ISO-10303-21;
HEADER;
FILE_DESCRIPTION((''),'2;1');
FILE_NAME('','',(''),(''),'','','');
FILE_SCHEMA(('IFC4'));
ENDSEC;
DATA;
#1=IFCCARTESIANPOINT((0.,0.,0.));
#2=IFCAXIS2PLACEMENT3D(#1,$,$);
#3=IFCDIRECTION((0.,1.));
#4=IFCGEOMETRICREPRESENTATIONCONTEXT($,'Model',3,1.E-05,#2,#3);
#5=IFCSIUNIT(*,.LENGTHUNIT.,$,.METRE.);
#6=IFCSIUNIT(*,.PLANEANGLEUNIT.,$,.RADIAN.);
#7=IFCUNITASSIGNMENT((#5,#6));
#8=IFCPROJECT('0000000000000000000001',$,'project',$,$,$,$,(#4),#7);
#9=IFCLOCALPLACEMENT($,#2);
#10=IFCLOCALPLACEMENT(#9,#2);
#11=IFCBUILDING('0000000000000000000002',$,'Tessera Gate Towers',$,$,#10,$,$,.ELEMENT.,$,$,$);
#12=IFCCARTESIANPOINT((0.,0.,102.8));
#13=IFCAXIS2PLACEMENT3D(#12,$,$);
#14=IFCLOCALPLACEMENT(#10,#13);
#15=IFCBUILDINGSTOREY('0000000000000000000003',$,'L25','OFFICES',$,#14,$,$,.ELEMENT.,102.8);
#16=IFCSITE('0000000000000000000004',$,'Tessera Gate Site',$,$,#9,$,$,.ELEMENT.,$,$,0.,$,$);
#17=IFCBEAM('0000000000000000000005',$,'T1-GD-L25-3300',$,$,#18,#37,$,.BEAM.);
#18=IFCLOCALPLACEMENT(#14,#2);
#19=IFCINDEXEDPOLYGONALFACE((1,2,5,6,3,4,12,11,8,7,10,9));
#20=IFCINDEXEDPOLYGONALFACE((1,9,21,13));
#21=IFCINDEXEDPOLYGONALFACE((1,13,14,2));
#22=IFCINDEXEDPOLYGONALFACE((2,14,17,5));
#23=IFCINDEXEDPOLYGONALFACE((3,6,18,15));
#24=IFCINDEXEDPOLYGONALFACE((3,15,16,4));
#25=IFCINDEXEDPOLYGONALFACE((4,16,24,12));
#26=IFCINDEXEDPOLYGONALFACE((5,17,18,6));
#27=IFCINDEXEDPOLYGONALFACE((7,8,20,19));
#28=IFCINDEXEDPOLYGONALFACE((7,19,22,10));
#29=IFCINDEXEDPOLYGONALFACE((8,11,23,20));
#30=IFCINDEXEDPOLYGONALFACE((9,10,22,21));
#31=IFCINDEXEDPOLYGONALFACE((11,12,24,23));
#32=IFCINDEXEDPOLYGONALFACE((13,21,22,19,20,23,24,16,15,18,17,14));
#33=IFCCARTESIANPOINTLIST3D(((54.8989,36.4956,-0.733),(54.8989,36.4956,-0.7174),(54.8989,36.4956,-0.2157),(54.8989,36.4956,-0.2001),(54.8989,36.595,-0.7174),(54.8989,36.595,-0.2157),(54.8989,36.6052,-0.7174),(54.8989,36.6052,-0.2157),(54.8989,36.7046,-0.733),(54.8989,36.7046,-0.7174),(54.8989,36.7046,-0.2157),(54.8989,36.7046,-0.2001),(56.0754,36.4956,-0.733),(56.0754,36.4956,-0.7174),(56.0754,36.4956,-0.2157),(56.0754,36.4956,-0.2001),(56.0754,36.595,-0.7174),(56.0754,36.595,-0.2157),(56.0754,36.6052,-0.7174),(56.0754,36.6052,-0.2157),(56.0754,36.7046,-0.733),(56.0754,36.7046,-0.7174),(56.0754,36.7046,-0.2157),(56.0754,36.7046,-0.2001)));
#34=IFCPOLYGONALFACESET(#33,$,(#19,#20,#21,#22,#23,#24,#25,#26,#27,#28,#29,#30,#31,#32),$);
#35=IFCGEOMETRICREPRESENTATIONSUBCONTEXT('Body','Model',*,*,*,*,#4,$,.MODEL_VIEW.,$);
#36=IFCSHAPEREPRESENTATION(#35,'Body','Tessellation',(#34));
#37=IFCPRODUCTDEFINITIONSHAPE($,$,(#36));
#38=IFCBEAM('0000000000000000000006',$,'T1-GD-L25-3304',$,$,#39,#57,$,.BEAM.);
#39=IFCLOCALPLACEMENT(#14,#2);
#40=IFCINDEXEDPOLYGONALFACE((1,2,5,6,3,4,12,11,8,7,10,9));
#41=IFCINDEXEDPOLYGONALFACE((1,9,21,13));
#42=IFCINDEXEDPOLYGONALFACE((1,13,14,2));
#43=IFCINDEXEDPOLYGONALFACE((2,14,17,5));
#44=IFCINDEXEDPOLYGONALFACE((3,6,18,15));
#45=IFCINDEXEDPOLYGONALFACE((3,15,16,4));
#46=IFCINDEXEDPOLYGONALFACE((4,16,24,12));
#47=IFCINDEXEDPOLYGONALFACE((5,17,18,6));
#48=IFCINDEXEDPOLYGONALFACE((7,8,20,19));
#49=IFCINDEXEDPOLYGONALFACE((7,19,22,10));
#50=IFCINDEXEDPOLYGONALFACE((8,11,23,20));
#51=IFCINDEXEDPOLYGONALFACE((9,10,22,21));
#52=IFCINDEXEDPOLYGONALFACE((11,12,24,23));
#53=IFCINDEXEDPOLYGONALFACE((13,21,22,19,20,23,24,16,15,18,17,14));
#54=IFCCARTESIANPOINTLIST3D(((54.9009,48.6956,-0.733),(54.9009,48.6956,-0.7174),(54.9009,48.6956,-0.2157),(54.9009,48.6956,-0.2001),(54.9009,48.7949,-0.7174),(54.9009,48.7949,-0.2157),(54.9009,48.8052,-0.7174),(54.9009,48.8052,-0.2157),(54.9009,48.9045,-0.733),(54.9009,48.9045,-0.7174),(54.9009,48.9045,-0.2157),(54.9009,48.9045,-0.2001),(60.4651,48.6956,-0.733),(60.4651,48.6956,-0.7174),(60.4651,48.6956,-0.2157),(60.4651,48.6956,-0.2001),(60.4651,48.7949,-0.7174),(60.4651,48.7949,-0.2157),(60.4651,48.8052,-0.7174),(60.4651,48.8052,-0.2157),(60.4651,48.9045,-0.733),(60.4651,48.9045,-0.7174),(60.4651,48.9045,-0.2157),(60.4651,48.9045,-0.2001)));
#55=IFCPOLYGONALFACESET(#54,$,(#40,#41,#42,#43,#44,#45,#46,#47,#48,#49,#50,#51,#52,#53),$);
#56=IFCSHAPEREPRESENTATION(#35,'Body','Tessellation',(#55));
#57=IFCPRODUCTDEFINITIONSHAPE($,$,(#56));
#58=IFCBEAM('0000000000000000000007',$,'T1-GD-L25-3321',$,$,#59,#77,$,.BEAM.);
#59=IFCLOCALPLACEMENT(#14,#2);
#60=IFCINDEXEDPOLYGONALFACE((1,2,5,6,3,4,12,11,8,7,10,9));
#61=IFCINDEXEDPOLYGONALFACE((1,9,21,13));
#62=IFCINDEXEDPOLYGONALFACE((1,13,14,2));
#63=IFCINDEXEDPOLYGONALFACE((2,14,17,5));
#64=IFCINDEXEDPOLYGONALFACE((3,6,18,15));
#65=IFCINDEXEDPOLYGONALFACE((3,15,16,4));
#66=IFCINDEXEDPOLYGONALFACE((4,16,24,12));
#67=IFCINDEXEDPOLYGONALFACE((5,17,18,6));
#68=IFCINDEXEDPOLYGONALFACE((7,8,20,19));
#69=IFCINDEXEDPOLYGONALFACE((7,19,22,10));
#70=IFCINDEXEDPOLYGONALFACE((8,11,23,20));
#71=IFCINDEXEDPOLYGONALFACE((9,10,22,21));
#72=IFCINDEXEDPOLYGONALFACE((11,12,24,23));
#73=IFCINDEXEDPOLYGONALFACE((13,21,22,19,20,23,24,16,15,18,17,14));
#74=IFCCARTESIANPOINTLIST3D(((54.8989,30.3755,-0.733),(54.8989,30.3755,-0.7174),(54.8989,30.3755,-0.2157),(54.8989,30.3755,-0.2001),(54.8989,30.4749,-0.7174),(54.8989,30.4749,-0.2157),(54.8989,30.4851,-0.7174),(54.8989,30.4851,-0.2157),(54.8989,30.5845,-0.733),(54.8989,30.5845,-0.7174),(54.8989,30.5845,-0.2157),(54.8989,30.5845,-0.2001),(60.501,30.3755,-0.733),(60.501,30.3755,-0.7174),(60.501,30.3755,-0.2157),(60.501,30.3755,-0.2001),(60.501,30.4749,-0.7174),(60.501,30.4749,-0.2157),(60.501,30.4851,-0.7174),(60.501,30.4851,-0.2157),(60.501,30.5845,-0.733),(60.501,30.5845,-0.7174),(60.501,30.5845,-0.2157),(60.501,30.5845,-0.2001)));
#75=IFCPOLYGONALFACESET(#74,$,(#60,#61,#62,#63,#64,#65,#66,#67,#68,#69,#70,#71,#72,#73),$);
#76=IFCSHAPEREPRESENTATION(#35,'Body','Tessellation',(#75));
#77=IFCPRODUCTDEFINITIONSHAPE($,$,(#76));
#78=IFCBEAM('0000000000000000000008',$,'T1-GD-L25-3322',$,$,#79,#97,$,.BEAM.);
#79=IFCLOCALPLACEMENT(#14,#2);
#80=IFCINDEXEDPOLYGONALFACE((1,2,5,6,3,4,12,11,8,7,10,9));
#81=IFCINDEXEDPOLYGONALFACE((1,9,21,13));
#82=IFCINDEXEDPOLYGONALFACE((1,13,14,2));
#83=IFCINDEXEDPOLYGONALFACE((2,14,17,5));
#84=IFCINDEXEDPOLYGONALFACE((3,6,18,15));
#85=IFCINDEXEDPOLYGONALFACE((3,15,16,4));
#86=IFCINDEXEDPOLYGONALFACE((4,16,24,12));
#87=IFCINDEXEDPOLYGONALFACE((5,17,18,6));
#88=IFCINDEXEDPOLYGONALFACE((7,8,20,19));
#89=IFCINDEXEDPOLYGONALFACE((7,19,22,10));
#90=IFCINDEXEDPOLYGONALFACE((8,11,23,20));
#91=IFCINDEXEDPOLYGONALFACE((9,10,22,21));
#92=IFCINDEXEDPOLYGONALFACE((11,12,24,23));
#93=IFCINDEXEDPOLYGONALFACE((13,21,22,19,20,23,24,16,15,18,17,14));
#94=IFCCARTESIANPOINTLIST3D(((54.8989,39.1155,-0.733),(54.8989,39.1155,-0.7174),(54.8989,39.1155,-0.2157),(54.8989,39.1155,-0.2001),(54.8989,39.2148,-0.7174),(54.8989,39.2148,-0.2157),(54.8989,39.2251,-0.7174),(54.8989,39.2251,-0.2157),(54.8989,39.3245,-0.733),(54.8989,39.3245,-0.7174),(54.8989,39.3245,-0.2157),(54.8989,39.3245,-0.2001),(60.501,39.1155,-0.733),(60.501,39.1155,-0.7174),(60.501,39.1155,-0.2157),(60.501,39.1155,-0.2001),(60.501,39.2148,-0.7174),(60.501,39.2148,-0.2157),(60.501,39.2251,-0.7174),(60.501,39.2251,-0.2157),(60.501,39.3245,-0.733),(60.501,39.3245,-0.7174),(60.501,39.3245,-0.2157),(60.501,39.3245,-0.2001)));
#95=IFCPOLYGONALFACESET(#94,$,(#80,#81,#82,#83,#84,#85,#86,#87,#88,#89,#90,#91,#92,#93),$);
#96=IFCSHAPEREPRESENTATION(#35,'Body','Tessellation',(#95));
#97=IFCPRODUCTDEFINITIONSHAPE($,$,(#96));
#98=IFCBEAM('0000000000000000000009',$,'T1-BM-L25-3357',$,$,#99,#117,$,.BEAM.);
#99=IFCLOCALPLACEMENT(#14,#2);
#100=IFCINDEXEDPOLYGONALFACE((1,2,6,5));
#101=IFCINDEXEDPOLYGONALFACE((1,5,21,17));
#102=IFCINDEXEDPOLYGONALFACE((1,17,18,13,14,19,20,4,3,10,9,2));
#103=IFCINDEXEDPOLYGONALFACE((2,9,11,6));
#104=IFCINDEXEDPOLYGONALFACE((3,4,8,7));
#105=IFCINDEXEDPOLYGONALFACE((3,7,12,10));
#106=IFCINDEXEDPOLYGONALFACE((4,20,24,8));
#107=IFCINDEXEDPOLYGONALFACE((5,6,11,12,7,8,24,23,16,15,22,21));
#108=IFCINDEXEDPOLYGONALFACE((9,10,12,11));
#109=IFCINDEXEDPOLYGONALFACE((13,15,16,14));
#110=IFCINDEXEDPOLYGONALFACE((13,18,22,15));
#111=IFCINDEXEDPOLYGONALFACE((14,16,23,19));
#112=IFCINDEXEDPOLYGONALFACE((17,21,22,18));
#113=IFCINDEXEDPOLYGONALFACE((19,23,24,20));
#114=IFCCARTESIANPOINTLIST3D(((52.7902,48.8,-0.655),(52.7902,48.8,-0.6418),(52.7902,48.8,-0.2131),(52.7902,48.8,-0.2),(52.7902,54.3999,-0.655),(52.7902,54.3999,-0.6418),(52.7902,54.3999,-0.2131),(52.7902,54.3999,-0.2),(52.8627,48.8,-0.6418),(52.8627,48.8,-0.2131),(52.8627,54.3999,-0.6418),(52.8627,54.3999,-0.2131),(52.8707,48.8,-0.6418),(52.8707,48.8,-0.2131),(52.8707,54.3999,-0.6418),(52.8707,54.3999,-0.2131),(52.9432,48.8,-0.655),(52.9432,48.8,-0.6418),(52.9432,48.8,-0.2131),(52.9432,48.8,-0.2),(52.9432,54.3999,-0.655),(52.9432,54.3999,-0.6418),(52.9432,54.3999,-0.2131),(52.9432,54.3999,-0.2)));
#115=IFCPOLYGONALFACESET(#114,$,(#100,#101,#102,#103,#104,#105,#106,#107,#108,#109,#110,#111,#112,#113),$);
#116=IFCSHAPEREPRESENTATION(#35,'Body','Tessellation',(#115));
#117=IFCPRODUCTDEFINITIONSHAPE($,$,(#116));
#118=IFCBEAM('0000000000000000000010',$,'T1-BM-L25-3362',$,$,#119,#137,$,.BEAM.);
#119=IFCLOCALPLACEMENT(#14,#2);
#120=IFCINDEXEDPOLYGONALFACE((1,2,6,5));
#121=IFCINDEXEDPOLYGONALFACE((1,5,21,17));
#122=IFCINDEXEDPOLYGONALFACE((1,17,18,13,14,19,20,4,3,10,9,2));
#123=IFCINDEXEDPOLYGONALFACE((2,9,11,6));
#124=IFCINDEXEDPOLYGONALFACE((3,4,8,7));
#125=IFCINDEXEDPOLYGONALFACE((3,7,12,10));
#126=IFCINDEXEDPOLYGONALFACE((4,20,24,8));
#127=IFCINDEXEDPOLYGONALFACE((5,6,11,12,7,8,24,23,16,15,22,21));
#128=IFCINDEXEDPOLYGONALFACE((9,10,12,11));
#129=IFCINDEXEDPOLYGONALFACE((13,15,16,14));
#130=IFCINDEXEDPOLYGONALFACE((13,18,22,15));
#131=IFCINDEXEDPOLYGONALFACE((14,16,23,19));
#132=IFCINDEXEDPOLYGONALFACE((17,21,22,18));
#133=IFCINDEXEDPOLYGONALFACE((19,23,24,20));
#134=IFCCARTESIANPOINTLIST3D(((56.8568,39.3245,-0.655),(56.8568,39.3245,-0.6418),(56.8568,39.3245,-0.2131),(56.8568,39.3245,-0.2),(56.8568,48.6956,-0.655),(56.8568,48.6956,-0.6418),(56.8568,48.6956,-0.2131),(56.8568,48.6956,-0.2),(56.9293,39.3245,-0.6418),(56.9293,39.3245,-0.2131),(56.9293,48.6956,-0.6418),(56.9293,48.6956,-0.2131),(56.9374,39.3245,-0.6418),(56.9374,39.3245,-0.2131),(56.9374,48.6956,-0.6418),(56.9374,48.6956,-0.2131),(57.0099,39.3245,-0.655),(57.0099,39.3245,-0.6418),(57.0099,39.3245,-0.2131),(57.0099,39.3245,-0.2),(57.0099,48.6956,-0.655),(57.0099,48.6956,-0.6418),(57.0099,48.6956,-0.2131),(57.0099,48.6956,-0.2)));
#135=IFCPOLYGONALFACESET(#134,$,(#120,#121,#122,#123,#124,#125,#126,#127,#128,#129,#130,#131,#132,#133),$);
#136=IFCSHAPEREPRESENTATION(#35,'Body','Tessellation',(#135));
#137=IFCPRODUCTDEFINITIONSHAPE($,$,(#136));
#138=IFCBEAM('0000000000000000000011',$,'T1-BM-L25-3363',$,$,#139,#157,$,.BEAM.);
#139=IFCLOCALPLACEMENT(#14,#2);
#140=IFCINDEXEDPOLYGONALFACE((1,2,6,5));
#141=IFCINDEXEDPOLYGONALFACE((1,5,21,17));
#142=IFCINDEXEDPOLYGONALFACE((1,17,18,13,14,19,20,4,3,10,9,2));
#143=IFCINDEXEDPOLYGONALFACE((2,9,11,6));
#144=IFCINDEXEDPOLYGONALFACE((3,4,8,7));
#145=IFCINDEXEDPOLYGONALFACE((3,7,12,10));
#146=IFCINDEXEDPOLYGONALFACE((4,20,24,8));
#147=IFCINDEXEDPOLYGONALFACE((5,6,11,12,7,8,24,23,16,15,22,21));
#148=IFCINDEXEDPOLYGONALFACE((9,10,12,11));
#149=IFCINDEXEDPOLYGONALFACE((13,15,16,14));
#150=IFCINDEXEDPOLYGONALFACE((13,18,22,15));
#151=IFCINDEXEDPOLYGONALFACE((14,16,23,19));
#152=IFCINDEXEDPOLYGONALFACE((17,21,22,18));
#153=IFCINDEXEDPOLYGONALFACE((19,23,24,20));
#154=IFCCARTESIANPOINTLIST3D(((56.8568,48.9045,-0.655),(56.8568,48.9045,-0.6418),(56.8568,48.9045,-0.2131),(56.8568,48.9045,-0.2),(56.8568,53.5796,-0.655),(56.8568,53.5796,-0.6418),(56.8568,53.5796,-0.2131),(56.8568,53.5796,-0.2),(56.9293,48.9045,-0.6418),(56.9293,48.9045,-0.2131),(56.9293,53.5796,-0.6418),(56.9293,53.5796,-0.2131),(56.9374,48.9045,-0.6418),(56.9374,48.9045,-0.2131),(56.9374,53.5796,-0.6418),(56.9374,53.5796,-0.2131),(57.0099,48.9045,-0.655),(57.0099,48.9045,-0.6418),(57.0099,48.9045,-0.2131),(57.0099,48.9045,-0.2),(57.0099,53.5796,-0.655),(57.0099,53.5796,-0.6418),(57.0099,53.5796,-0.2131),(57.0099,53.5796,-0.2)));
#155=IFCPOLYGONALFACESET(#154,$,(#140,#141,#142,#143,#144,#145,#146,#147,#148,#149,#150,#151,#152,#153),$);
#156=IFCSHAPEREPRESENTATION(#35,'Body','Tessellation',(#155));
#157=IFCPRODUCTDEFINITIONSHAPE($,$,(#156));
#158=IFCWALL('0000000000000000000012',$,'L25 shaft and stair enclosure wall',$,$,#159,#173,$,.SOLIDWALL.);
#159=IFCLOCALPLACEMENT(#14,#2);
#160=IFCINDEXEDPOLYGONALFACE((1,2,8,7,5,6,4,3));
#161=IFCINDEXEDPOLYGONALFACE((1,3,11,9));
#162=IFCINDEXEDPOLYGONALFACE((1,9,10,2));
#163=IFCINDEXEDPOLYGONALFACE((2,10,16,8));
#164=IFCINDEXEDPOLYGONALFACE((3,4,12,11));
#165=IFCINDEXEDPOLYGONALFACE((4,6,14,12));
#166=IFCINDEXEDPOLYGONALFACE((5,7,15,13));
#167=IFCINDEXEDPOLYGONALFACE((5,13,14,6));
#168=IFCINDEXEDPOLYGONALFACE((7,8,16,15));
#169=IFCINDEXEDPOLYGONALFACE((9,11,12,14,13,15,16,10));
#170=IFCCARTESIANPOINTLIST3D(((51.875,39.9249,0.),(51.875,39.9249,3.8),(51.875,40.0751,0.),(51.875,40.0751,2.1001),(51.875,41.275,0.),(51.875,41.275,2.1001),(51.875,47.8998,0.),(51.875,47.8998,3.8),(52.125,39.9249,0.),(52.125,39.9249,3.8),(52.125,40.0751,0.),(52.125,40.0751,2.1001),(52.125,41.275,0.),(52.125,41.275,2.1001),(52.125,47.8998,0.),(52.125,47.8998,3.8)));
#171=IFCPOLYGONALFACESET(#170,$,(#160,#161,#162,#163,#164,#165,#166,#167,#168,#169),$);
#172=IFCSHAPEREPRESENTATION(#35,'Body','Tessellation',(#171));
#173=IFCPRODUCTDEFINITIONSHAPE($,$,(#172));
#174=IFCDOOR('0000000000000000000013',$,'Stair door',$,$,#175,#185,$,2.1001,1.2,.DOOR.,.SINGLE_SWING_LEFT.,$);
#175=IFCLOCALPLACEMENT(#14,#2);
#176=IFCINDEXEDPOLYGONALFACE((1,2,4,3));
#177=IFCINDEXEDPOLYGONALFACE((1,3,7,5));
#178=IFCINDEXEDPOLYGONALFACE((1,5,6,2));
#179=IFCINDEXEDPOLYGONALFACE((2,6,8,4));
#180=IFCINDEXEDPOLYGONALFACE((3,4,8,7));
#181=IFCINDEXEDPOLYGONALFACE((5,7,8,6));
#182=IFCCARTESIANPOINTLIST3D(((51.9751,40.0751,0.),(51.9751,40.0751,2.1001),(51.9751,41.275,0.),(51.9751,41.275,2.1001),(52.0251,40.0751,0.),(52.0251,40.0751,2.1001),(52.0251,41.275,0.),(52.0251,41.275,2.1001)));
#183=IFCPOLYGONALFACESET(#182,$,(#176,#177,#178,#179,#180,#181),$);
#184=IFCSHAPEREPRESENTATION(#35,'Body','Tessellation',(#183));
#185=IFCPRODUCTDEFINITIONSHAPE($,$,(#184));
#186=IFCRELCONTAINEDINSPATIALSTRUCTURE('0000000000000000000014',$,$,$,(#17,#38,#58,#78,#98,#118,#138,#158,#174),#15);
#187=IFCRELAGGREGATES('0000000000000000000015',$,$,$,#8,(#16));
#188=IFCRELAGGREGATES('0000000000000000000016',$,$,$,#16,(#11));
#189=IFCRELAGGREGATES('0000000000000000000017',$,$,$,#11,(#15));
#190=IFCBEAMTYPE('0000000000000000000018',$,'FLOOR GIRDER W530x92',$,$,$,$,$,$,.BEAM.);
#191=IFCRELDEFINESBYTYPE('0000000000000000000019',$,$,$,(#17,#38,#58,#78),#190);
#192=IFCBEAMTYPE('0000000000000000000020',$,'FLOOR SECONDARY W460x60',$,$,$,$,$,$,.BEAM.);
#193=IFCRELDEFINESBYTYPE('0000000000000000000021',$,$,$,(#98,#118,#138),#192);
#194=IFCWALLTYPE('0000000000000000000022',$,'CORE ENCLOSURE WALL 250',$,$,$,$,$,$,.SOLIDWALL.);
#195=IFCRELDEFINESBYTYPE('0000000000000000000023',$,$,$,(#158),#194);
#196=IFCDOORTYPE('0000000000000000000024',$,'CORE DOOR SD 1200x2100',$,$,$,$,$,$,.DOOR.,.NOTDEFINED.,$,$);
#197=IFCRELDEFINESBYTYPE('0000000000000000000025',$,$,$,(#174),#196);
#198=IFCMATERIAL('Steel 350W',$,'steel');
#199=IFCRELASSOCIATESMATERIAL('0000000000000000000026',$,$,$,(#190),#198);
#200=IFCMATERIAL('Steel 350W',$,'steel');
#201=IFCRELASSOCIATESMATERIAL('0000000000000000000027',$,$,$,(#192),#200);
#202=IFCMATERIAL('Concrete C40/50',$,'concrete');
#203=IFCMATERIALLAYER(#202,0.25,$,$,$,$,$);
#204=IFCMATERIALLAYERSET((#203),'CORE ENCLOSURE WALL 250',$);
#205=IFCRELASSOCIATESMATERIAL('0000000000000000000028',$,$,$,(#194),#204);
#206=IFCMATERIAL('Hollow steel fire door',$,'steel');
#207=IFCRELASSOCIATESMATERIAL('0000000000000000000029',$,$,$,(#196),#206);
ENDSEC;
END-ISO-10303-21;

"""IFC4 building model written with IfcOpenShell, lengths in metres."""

from ifc_helpers import new_model, si_unit, direction, frame, frame_2d, origin, origin_2d, place, context, subcontext, project, spatial, rectangle, i_section, extrude, source, transform, mapped, material, layer, layer_set, material_profile, profile_set, type_object, element, fill, save


model = new_model("IFC4")

# Units and contexts
model_context = context("Model", 3, precision=1e-05, world=origin(), true_north=direction((0.0, 1.0)))
body_context = subcontext(model_context, "Body", "Model", "MODEL_VIEW")
ifc_project = project(units=[si_unit("LENGTHUNIT", "METRE"), si_unit("PLANEANGLEUNIT", "RADIAN")], contexts=[model_context])

# Site, building, storey
site_placement = place(None, origin())
site = spatial("IfcSite", under=ifc_project, at=site_placement, Name="Tessera Gate Site", CompositionType="ELEMENT", RefElevation=0.0)
building_placement = place(site_placement, origin())
building = spatial("IfcBuilding", under=site, at=building_placement, Name="Tessera Gate Towers", CompositionType="ELEMENT")
storey_placement = place(building_placement, frame((0.0, 0.0, 102.8)))
storey = spatial("IfcBuildingStorey", under=building, at=storey_placement, Name="L25", Description="OFFICES", CompositionType="ELEMENT", Elevation=102.8)

# Beams
ifc_material_1 = material(Name="Steel 350W", Category="steel")
ifc_material_profile_1 = material_profile(ifc_material_1, i_section(OverallWidth=0.209, OverallDepth=0.533, WebThickness=0.0103, FlangeThickness=0.0156, at=origin_2d()), Name="W530x92")
ifc_profile_set_1 = profile_set([ifc_material_profile_1], Name="Steel 350W")
beam_type_1 = type_object("IfcBeamType", Name="FLOOR GIRDER W530x92", PredefinedType="BEAM", material=ifc_profile_set_1)
beam_1_placement = place(storey_placement, frame((54.8989, 36.6001, -0.4666), z_axis=(1.0, 0.0, 0.0), x_axis=(0.0, 1.0, 0.0)))
element("IfcBeam", 1, at=beam_1_placement, inside=storey, type_object=beam_type_1, Name="T1-GD-L25-3300", PredefinedType="BEAM", context=body_context, shape_type="SweptSolid", body=[
    extrude(i_section(OverallWidth=0.209, OverallDepth=0.533, WebThickness=0.0103, FlangeThickness=0.0156, at=origin_2d()), origin(), (0.0, 0.0, 1.0), 1.1765),
])
beam_2_placement = place(storey_placement, frame((54.9009, 48.8, -0.4666), z_axis=(1.0, 0.0, 0.0), x_axis=(0.0, 1.0, 0.0)))
element("IfcBeam", 2, at=beam_2_placement, inside=storey, type_object=beam_type_1, Name="T1-GD-L25-3304", PredefinedType="BEAM", context=body_context, shape_type="SweptSolid", body=[
    extrude(i_section(OverallWidth=0.209, OverallDepth=0.533, WebThickness=0.0103, FlangeThickness=0.0156, at=origin_2d()), origin(), (0.0, 0.0, 1.0), 5.5642),
])
for number, where, z_axis, x_axis, name in (
    (3, (54.8989, 30.48, -0.4666), (1.0, 0.0, 0.0), (0.0, 1.0, 0.0), "T1-GD-L25-3321"),
    (4, (54.8989, 39.22, -0.4666), (1.0, 0.0, 0.0), (0.0, 1.0, 0.0), "T1-GD-L25-3322"),
):
    element("IfcBeam", number, at=place(storey_placement, frame(where, z_axis=z_axis, x_axis=x_axis)), inside=storey, type_object=beam_type_1, Name=name, PredefinedType="BEAM", context=body_context, shape_type="SweptSolid", body=[
        extrude(i_section(OverallWidth=0.209, OverallDepth=0.533, WebThickness=0.0103, FlangeThickness=0.0156, at=origin_2d()), origin(), (0.0, 0.0, 1.0), 5.6021),
    ])
ifc_material_2 = material(Name="Steel 350W", Category="steel")
ifc_material_profile_2 = material_profile(ifc_material_2, i_section(OverallWidth=0.1531, OverallDepth=0.4551, WebThickness=0.0081, FlangeThickness=0.0132, at=origin_2d()), Name="W460x60")
ifc_profile_set_2 = profile_set([ifc_material_profile_2], Name="Steel 350W")
beam_type_2 = type_object("IfcBeamType", Name="FLOOR SECONDARY W460x60", PredefinedType="BEAM", material=ifc_profile_set_2)
beam_3_placement = place(storey_placement, frame((52.8667, 48.8, -0.4275), z_axis=(0.0, 1.0, 0.0), x_axis=(-1.0, 0.0, 0.0)))
element("IfcBeam", 5, at=beam_3_placement, inside=storey, type_object=beam_type_2, Name="T1-BM-L25-3357", PredefinedType="BEAM", context=body_context, shape_type="SweptSolid", body=[
    extrude(i_section(OverallWidth=0.1531, OverallDepth=0.4551, WebThickness=0.0081, FlangeThickness=0.0132, at=origin_2d()), origin(), (0.0, 0.0, 1.0), 5.5999),
])
beam_4_placement = place(storey_placement, frame((56.9333, 39.3245, -0.4275), z_axis=(0.0, 1.0, 0.0), x_axis=(-1.0, 0.0, 0.0)))
element("IfcBeam", 6, at=beam_4_placement, inside=storey, type_object=beam_type_2, Name="T1-BM-L25-3362", PredefinedType="BEAM", context=body_context, shape_type="SweptSolid", body=[
    extrude(i_section(OverallWidth=0.1531, OverallDepth=0.4551, WebThickness=0.0081, FlangeThickness=0.0132, at=origin_2d()), origin(), (0.0, 0.0, 1.0), 9.3711),
])
beam_5_placement = place(storey_placement, frame((56.9333, 48.9045, -0.4275), z_axis=(0.0, 1.0, 0.0), x_axis=(-1.0, 0.0, 0.0)))
element("IfcBeam", 7, at=beam_5_placement, inside=storey, type_object=beam_type_2, Name="T1-BM-L25-3363", PredefinedType="BEAM", context=body_context, shape_type="SweptSolid", body=[
    extrude(i_section(OverallWidth=0.1531, OverallDepth=0.4551, WebThickness=0.0081, FlangeThickness=0.0132, at=origin_2d()), origin(), (0.0, 0.0, 1.0), 4.675),
])

# Wall, opening, door
ifc_material_3 = material(Name="Concrete C40/50", Category="concrete")
ifc_layer_1 = layer(ifc_material_3, 0.25)
ifc_layer_set_1 = layer_set([ifc_layer_1], Name="CORE ENCLOSURE WALL 250")
wall_type_1 = type_object("IfcWallType", Name="CORE ENCLOSURE WALL 250", PredefinedType="SOLIDWALL", material=ifc_layer_set_1)
wall_1_placement = place(storey_placement, frame((52.0, 39.925, 0.0), z_axis=(0.0, 0.0, 1.0), x_axis=(0.0, 1.0, 0.0)))
wall_1 = element("IfcWall", 8, at=wall_1_placement, inside=storey, type_object=wall_type_1, Name="L25 shaft and stair enclosure wall", PredefinedType="SOLIDWALL", context=body_context, shape_type="SweptSolid", body=[
    extrude(rectangle(XDim=7.9749, YDim=0.25, at=frame_2d((3.9873, 0.0))), origin(), (0.0, 0.0, 1.0), 3.8),
])
shared_shape_1 = source(origin(), body_context, "Body", "SweptSolid", [
    extrude(rectangle(XDim=1.2, YDim=2.1001, at=frame_2d((0.6001, 1.05))), frame((0.0, 0.135, 0.0), z_axis=(0.0, -1.0, 0.0), x_axis=(1.0, 0.0, 0.0)), (0.0, 0.0, 1.0), 0.27),
])
opening_1_placement = place(wall_1_placement, frame((0.1499, 0.0, 0.0)))
opening_1 = element("IfcOpeningElement", 9, at=opening_1_placement, cuts=wall_1, PredefinedType="OPENING", context=body_context, shape_type="MappedRepresentation", body=[
    mapped(shared_shape_1, transform((0.0, 0.0, 0.0), scale=1.0)),
])
ifc_material_4 = material(Name="Hollow steel fire door", Category="steel")
door_type_1 = type_object("IfcDoorType", Name="CORE DOOR SD 1200x2100", OperationType="NOTDEFINED", PredefinedType="DOOR", material=ifc_material_4)
shared_shape_2 = source(origin(), body_context, "Body", "SweptSolid", [
    extrude(rectangle(XDim=1.2, YDim=2.1001, at=frame_2d((0.6001, 1.05))), frame((0.0, 0.0249, 0.0), z_axis=(0.0, -1.0, 0.0), x_axis=(1.0, 0.0, 0.0)), (0.0, 0.0, 1.0), 0.05),
])
door_1_placement = place(opening_1_placement, origin())
door_1 = element("IfcDoor", 10, at=door_1_placement, inside=storey, type_object=door_type_1, Name="Stair door", OperationType="SINGLE_SWING_LEFT", OverallHeight=2.1001, OverallWidth=1.2, PredefinedType="DOOR", context=body_context, shape_type="MappedRepresentation", body=[
    mapped(shared_shape_2, transform((0.0, 0.0, 0.0), scale=1.0)),
])
fill(opening_1, door_1)

save(model, "model.ifc")
